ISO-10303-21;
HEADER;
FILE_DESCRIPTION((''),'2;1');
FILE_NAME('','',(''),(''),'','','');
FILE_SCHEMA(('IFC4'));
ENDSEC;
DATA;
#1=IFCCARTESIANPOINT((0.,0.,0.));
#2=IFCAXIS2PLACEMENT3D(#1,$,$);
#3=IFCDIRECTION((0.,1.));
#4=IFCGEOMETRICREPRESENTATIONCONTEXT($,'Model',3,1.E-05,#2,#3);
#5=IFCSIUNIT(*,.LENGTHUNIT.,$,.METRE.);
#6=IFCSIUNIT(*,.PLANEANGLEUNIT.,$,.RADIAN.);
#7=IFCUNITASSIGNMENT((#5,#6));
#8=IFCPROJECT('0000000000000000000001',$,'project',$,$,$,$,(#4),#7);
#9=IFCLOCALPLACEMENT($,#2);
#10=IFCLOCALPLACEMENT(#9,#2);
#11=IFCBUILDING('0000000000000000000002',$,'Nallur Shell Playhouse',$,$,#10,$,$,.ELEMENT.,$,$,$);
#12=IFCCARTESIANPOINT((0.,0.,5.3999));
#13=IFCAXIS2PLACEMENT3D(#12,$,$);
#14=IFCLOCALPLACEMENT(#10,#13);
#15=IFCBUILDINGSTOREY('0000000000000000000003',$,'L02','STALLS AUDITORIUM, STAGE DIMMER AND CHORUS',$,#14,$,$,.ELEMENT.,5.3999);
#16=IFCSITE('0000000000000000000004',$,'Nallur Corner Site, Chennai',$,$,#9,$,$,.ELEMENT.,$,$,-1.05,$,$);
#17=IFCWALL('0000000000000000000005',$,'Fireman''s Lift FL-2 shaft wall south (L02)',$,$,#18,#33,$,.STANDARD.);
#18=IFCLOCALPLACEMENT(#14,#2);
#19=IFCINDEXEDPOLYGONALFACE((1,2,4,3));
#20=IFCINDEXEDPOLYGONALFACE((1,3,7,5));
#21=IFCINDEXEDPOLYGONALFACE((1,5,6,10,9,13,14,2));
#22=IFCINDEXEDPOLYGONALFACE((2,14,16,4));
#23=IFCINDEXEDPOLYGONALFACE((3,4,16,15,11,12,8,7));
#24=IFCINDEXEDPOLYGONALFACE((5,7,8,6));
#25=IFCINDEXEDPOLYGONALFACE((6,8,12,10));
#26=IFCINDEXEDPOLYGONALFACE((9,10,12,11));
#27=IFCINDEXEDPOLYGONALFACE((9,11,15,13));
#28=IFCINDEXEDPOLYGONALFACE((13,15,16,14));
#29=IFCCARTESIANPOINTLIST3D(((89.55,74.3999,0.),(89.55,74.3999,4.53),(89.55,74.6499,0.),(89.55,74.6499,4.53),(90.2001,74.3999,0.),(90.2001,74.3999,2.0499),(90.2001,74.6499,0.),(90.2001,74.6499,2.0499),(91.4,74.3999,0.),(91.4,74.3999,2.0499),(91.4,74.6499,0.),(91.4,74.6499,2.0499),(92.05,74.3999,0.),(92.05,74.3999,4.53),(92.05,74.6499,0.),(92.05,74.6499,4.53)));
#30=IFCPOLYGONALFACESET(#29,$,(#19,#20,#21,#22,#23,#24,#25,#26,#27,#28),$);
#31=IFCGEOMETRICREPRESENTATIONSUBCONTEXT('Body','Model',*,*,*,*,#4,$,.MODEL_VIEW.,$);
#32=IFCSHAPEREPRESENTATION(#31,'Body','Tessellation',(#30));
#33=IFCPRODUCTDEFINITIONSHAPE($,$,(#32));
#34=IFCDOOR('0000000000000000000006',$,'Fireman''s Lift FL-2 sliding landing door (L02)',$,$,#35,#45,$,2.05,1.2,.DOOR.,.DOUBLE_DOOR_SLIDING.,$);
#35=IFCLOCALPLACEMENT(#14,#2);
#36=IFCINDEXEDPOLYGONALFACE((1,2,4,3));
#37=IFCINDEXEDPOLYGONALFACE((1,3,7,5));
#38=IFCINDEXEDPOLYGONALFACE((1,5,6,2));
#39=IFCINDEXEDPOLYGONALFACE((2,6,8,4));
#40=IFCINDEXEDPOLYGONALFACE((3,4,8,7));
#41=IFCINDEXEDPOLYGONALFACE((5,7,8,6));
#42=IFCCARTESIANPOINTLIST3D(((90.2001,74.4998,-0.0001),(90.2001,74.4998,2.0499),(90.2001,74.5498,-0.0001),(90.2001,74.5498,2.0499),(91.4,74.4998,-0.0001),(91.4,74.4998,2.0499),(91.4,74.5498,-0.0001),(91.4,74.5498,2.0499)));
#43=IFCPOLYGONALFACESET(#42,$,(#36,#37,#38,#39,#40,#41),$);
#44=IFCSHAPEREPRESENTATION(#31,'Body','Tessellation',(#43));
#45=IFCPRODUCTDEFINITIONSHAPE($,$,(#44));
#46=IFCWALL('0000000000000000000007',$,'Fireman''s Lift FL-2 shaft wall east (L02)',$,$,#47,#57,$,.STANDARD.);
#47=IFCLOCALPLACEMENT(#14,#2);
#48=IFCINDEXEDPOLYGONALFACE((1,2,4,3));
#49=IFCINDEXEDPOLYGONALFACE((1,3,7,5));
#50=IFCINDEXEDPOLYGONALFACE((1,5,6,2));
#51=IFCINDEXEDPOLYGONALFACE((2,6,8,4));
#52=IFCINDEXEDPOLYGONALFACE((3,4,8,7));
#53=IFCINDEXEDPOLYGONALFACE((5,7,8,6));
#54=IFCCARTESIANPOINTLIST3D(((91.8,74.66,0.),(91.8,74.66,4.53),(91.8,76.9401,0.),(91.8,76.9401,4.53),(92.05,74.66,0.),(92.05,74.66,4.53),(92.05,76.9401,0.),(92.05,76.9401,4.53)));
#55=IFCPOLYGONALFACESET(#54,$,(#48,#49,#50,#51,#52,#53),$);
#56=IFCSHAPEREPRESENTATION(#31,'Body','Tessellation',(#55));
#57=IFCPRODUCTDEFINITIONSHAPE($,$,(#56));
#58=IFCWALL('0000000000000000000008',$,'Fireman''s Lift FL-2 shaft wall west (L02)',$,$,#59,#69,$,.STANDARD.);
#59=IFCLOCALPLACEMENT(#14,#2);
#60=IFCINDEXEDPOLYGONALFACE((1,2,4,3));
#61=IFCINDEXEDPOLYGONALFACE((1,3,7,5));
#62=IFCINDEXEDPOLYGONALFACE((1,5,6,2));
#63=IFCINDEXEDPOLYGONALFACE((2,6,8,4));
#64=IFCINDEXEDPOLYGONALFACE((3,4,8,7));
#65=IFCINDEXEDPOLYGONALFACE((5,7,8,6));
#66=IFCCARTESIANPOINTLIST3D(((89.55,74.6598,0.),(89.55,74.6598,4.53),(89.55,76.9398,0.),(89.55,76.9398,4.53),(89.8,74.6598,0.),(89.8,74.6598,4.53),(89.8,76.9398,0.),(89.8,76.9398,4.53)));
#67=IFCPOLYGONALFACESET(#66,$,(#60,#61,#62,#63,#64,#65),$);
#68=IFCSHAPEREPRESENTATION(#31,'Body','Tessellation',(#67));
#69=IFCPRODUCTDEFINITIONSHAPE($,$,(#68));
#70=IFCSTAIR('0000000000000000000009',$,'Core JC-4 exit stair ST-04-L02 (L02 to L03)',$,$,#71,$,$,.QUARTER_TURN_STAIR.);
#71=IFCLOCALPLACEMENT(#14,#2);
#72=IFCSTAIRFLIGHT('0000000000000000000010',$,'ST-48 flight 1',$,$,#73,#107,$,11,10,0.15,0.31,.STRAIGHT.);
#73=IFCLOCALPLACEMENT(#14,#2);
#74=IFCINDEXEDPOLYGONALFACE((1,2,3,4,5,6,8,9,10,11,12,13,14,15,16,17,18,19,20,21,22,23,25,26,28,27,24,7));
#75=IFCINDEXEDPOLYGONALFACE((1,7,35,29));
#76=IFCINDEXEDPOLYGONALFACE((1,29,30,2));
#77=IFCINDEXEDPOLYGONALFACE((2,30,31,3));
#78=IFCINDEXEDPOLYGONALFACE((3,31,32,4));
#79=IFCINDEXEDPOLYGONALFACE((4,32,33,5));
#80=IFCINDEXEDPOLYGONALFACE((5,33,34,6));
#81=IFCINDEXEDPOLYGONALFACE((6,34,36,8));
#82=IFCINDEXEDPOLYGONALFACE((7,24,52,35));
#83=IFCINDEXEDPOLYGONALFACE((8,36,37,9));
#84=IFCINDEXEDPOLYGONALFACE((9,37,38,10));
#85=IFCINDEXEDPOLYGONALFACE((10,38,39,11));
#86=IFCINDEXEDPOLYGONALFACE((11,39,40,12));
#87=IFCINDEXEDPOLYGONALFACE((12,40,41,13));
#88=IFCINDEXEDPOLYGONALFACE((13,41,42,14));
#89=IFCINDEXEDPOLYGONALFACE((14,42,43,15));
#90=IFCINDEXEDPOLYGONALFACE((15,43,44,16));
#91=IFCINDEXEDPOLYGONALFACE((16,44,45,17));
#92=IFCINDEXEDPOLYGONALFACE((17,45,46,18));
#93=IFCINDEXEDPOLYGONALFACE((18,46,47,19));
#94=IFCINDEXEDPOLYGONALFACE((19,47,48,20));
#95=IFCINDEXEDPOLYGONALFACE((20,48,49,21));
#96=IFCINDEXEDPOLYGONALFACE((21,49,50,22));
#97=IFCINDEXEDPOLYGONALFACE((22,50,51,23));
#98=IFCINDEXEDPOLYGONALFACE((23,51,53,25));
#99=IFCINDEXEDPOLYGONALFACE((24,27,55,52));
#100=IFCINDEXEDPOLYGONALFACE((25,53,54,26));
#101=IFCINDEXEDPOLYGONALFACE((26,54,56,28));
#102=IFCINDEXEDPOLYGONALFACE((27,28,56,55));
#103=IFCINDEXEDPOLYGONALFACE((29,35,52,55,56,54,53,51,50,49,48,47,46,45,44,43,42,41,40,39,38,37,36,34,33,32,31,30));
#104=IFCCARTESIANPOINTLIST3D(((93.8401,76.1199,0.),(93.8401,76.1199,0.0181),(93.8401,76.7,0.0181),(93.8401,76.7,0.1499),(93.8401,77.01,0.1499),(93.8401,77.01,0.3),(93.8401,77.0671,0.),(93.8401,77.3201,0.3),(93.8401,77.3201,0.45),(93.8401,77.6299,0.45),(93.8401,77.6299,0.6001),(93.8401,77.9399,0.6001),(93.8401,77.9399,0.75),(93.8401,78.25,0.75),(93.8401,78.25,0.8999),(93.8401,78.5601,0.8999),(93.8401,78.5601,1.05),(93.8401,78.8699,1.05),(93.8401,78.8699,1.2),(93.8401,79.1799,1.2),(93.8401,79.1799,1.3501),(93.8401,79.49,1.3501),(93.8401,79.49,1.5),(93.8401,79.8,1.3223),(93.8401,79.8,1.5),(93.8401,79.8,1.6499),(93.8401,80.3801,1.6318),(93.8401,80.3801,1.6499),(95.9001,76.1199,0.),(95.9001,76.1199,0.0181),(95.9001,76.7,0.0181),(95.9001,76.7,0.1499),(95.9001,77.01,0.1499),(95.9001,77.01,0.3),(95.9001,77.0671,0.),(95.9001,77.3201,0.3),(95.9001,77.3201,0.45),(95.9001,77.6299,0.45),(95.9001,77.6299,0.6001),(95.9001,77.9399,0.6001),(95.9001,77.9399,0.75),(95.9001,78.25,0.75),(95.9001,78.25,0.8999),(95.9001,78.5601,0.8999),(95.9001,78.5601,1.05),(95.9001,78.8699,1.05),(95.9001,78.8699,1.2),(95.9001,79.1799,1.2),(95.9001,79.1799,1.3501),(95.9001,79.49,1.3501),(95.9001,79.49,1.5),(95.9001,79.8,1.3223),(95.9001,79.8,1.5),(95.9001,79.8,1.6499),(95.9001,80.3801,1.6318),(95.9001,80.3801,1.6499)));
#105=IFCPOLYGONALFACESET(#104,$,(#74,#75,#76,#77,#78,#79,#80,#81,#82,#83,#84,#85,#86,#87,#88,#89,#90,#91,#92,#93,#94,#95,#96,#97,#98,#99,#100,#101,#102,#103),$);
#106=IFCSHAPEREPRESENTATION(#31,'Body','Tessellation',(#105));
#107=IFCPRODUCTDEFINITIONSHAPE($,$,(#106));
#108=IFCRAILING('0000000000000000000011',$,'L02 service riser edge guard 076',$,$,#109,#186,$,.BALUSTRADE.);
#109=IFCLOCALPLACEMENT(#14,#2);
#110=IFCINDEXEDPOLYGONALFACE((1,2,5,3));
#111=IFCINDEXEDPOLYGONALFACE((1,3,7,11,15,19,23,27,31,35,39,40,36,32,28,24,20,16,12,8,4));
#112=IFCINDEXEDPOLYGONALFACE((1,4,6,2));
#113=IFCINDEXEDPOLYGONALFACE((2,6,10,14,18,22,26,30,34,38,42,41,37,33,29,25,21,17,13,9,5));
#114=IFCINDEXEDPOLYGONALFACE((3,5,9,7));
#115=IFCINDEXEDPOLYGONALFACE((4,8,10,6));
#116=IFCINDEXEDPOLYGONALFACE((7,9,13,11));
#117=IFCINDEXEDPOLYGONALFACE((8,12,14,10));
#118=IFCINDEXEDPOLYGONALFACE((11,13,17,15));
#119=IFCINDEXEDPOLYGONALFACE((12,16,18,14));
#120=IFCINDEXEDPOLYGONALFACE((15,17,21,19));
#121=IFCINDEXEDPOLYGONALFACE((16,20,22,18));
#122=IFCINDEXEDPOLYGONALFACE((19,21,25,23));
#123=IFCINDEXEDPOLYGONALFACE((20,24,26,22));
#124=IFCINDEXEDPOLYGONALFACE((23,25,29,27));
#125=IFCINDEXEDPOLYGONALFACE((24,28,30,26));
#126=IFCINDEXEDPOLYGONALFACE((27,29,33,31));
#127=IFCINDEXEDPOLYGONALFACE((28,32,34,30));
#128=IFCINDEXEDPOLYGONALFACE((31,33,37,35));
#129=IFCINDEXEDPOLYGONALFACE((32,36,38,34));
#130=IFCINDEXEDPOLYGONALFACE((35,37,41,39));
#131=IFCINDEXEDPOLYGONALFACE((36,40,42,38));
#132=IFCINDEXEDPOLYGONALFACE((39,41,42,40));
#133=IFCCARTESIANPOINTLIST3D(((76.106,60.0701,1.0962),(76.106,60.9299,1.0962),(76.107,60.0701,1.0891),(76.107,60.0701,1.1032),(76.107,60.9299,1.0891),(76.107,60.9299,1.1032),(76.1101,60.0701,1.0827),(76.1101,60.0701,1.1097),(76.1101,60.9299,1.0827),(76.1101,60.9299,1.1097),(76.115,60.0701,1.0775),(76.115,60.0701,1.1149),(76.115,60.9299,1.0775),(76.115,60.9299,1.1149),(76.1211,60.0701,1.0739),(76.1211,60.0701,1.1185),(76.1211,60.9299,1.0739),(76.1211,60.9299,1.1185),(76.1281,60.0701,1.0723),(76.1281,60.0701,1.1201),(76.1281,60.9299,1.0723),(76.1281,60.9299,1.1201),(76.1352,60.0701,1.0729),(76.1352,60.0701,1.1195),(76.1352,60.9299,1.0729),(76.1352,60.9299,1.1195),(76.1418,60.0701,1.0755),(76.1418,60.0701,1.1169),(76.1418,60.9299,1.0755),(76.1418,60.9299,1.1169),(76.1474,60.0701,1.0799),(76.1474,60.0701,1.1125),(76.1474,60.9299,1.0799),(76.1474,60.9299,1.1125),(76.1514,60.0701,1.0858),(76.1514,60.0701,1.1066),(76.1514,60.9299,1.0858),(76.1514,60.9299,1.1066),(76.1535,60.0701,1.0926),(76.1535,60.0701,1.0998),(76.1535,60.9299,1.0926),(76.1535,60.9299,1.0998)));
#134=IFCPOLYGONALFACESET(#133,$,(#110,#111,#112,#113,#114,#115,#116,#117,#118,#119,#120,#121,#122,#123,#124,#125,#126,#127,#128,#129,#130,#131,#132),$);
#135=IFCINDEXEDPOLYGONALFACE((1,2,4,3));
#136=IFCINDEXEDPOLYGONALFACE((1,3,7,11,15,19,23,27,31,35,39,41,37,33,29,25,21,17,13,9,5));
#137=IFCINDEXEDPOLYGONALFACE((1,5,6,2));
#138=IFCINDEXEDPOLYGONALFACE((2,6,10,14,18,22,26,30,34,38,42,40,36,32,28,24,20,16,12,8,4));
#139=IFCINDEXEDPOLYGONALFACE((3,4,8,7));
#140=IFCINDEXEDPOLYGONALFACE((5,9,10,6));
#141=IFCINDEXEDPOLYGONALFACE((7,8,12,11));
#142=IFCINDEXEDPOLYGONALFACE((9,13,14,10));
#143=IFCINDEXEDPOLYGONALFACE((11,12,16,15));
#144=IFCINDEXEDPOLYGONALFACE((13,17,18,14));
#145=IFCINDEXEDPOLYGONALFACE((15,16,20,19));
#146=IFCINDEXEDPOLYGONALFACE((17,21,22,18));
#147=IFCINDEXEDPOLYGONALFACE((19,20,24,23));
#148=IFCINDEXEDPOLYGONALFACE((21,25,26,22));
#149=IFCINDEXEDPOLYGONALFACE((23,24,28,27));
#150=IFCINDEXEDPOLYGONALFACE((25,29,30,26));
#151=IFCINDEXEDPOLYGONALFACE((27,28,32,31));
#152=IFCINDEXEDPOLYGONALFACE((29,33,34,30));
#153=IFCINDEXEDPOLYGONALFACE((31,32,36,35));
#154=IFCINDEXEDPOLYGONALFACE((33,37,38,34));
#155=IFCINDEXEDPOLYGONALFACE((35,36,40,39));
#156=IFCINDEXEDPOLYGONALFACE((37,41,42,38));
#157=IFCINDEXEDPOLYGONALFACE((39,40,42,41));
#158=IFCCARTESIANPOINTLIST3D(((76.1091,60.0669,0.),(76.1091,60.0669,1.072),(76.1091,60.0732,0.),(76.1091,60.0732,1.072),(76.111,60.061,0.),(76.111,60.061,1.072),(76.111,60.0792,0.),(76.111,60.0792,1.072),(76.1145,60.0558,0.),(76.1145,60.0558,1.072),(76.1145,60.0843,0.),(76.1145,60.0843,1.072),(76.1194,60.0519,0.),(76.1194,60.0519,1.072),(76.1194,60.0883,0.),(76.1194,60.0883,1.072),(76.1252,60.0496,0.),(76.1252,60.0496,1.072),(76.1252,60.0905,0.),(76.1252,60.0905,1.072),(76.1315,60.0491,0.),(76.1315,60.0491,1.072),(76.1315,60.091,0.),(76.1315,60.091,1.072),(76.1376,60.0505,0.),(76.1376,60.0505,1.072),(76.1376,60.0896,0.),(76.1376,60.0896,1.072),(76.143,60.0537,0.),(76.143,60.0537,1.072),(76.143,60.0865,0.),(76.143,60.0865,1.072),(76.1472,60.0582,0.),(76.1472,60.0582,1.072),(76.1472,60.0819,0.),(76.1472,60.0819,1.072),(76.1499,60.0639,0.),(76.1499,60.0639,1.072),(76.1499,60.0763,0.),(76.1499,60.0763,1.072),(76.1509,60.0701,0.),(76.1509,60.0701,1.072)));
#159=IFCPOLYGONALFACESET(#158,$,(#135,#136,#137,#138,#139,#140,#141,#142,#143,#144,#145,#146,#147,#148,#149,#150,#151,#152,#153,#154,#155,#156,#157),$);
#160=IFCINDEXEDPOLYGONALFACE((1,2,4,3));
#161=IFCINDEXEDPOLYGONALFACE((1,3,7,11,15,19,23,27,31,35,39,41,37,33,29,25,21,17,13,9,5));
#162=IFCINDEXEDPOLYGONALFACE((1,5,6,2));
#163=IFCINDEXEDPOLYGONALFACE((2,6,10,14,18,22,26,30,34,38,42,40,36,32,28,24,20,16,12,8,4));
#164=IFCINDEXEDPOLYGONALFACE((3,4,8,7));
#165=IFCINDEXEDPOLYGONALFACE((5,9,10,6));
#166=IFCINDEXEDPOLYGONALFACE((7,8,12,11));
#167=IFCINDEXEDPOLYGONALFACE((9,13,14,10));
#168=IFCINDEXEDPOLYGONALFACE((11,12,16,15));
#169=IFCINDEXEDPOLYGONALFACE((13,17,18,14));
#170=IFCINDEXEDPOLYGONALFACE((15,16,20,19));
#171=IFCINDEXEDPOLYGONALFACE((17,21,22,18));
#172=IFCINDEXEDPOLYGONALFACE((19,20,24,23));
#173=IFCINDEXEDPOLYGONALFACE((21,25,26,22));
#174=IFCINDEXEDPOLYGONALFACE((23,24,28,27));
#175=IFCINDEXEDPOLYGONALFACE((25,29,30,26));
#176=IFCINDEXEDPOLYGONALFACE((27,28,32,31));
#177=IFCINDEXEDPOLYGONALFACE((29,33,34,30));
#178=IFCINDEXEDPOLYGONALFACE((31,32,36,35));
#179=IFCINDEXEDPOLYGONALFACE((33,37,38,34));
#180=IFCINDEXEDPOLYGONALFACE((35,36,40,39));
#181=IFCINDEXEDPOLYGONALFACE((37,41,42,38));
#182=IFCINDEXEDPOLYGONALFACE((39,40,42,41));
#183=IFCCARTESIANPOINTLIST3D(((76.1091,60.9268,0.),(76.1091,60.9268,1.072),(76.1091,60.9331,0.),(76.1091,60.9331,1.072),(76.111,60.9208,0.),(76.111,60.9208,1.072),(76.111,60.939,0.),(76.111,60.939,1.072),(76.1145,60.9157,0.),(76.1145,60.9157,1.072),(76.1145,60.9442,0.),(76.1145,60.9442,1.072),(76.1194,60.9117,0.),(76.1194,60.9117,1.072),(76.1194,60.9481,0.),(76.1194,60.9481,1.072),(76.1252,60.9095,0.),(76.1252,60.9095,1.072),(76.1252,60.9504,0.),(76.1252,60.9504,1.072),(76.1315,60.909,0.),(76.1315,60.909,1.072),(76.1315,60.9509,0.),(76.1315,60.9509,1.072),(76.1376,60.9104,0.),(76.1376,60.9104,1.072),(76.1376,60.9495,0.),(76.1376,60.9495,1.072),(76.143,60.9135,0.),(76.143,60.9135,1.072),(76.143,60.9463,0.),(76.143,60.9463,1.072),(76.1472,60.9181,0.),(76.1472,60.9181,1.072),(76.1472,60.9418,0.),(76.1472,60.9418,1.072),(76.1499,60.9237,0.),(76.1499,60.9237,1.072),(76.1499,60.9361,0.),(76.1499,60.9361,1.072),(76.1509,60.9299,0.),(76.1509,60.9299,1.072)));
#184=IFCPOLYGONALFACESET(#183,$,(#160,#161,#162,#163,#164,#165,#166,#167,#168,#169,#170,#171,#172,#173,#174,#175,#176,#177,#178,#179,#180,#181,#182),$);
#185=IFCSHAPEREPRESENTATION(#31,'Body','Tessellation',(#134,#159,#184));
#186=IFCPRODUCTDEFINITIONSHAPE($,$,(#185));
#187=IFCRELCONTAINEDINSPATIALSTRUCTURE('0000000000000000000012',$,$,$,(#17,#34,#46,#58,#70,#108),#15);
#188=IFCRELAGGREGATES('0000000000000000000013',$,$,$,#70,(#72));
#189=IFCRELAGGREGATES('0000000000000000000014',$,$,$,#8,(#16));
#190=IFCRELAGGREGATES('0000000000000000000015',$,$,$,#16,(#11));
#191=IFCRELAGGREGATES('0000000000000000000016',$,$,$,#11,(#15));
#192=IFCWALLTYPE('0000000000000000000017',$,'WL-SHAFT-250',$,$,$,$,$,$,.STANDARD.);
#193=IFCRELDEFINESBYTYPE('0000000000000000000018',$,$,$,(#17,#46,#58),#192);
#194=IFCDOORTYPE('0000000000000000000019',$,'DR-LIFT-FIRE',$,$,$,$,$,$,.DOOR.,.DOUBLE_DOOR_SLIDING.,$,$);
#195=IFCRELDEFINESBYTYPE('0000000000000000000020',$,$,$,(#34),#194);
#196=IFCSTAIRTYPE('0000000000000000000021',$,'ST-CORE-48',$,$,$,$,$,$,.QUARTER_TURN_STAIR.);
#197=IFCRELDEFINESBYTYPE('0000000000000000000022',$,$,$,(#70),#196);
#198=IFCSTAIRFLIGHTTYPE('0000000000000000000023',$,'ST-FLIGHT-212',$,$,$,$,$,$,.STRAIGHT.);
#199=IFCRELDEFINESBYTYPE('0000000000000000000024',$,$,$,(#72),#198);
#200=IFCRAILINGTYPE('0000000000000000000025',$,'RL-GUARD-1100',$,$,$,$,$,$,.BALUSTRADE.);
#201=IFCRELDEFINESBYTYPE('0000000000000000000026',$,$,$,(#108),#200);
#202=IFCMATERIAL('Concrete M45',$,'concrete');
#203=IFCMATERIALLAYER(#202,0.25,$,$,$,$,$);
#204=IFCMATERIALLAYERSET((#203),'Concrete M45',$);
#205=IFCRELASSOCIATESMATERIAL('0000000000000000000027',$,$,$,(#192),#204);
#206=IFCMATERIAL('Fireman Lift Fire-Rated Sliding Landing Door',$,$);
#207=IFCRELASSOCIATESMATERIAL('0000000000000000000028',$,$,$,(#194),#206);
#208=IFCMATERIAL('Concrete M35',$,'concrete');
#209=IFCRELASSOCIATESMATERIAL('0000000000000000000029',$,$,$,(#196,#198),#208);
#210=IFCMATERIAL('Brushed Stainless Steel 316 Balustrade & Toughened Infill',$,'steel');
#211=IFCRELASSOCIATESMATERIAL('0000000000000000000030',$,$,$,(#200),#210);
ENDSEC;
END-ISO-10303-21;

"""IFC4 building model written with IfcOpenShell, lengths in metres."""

from ifc_helpers import new_model, si_unit, direction, frame, frame_2d, origin, origin_2d, place, context, subcontext, project, spatial, polyline, rectangle, circle, outline, extrude, material, layer, layer_set, type_object, element, fill, aggregate, save


model = new_model("IFC4")

# Units and contexts
model_context = context("Model", 3, precision=1e-05, world=origin(), true_north=direction((0.0, 1.0)))
body_context = subcontext(model_context, "Body", "Model", "MODEL_VIEW")
ifc_project = project(units=[si_unit("LENGTHUNIT", "METRE"), si_unit("PLANEANGLEUNIT", "RADIAN")], contexts=[model_context])

# Site, building, storey
site_placement = place(None, origin())
site = spatial("IfcSite", under=ifc_project, at=site_placement, Name="Nallur Corner Site, Chennai", CompositionType="ELEMENT", RefElevation=-1.05)
building_placement = place(site_placement, origin())
building = spatial("IfcBuilding", under=site, at=building_placement, Name="Nallur Shell Playhouse", CompositionType="ELEMENT")
storey_placement = place(building_placement, frame((0.0, 0.0, 5.3999)))
storey = spatial("IfcBuildingStorey", under=building, at=storey_placement, Name="L02", Description="STALLS AUDITORIUM, STAGE DIMMER AND CHORUS", CompositionType="ELEMENT", Elevation=5.3999)

# Shared definitions
ifc_material_1 = material(Name="Concrete M35", Category="concrete")

# Shared definitions
ifc_material_2 = material(Name="Concrete M45", Category="concrete")

# Wall, opening, door
ifc_layer_1 = layer(ifc_material_2, 0.25)
ifc_layer_set_1 = layer_set([ifc_layer_1], Name="Concrete M45")
wall_type_1 = type_object("IfcWallType", Name="WL-SHAFT-250", PredefinedType="STANDARD", material=ifc_layer_set_1)
wall_1_placement = place(storey_placement, frame((89.55, 74.5249, 0.0), z_axis=(0.0, 0.0, 1.0), x_axis=(1.0, 0.0, 0.0)))
wall_1 = element("IfcWall", 1, at=wall_1_placement, inside=storey, type_object=wall_type_1, Name="Fireman's Lift FL-2 shaft wall south (L02)", PredefinedType="STANDARD", context=body_context, shape_type="SweptSolid", body=[
    extrude(rectangle(XDim=2.5, YDim=0.25, at=frame_2d((1.25, 0.0))), origin(), (0.0, 0.0, 1.0), 4.53),
])
opening_1_placement = place(wall_1_placement, frame((0.6499, 0.0, 0.0)))
opening_1 = element("IfcOpeningElement", 2, at=opening_1_placement, cuts=wall_1, PredefinedType="OPENING", context=body_context, shape_type="SweptSolid", body=[
    extrude(rectangle(XDim=1.2, YDim=2.05, at=frame_2d((0.6001, 1.0249))), frame((0.0, 0.135, 0.0), z_axis=(0.0, -1.0, 0.0), x_axis=(1.0, 0.0, 0.0)), (0.0, 0.0, 1.0), 0.27),
])
ifc_material_3 = material(Name="Fireman Lift Fire-Rated Sliding Landing Door")
door_type_1 = type_object("IfcDoorType", Name="DR-LIFT-FIRE", OperationType="DOUBLE_DOOR_SLIDING", PredefinedType="DOOR", material=ifc_material_3)
door_1_placement = place(opening_1_placement, origin())
door_1 = element("IfcDoor", 3, at=door_1_placement, inside=storey, type_object=door_type_1, Name="Fireman's Lift FL-2 sliding landing door (L02)", OperationType="DOUBLE_DOOR_SLIDING", OverallHeight=2.05, OverallWidth=1.2, PredefinedType="DOOR", context=body_context, shape_type="SweptSolid", body=[
    extrude(rectangle(XDim=1.2, YDim=2.05, at=frame_2d((0.6001, 1.0249))), frame((0.0, 0.0249, 0.0), z_axis=(0.0, -1.0, 0.0), x_axis=(1.0, 0.0, 0.0)), (0.0, 0.0, 1.0), 0.05),
])
fill(opening_1, door_1)

# Walls
for number, where, z_axis, x_axis, name in (
    (4, (91.925, 74.6599, 0.0), (0.0, 0.0, 1.0), (0.0, 1.0, 0.0), "Fireman's Lift FL-2 shaft wall east (L02)"),
    (5, (89.675, 76.9399, 0.0), (0.0, 0.0, 1.0), (0.0, -1.0, 0.0), "Fireman's Lift FL-2 shaft wall west (L02)"),
):
    element("IfcWall", number, at=place(storey_placement, frame(where, z_axis=z_axis, x_axis=x_axis)), inside=storey, type_object=wall_type_1, Name=name, PredefinedType="STANDARD", context=body_context, shape_type="SweptSolid", body=[
        extrude(rectangle(XDim=2.28, YDim=0.25, at=frame_2d((1.1401, 0.0))), origin(), (0.0, 0.0, 1.0), 4.53),
    ])

# Stair, stair flight
stair_type = type_object("IfcStairType", Name="ST-CORE-48", PredefinedType="QUARTER_TURN_STAIR", material=ifc_material_1)
stair_placement = place(storey_placement, origin())
stair = element("IfcStair", 6, at=stair_placement, inside=storey, type_object=stair_type, Name="Core JC-4 exit stair ST-04-L02 (L02 to L03)", PredefinedType="QUARTER_TURN_STAIR")
stair_flight_type = type_object("IfcStairFlightType", Name="ST-FLIGHT-212", PredefinedType="STRAIGHT", material=ifc_material_1)
stair_flight_placement = place(storey_placement, frame((94.8701, 76.7, 0.0), z_axis=(0.0, 0.0, 1.0), x_axis=(0.0, 1.0, 0.0)))
stair_flight = element("IfcStairFlight", 7, at=stair_flight_placement, type_object=stair_flight_type, Name="ST-48 flight 1", NumberOfRisers=11, NumberOfTreads=10, PredefinedType="STRAIGHT", RiserHeight=0.15, TreadLength=0.31, context=body_context, shape_type="SweptSolid", body=[
    extrude(outline(polyline([(-0.5801, 0.0), (-0.5801, 0.0181), (0.0, 0.0181), (0.0, 0.1499), (0.3101, 0.1499), (0.3101, 0.3), (0.6201, 0.3), (0.6201, 0.45), (0.9299, 0.45), (0.9299, 0.6001), (1.24, 0.6001), (1.24, 0.75), (1.55, 0.75), (1.55, 0.8999), (1.8601, 0.8999), (1.8601, 1.05), (2.1699, 1.05), (2.1699, 1.2), (2.48, 1.2), (2.48, 1.3501), (2.79, 1.3501), (2.79, 1.5), (3.1001, 1.5), (3.1001, 1.6499), (3.6802, 1.6499), (3.6802, 1.6318), (3.1001, 1.3223), (0.3672, 0.0), (-0.5801, 0.0)])), frame((0.0, 1.03, 0.0), z_axis=(0.0, -1.0, 0.0), x_axis=(1.0, 0.0, 0.0)), (0.0, 0.0, 1.0), 2.0601),
])
aggregate(stair, [stair_flight])

# Railing
ifc_material_4 = material(Name="Brushed Stainless Steel 316 Balustrade & Toughened Infill", Category="steel")
railing_type_1 = type_object("IfcRailingType", Name="RL-GUARD-1100", PredefinedType="BALUSTRADE", material=ifc_material_4)
railing_1_placement = place(storey_placement, frame((76.1299, 60.0701, 0.0)))
element("IfcRailing", 8, at=railing_1_placement, inside=storey, type_object=railing_type_1, Name="L02 service riser edge guard 076", PredefinedType="BALUSTRADE", context=body_context, shape_type="SweptSolid", body=[
    extrude(circle(Radius=0.0239, at=origin_2d()), frame((0.0, 0.0, 1.0962), z_axis=(0.0, 1.0, 0.0), x_axis=(-1.0, 0.0, 0.0)), (0.0, 0.0, 1.0), 0.8599),
    extrude(circle(Radius=0.021, at=origin_2d()), origin(), (0.0, 0.0, 1.0), 1.072),
    extrude(circle(Radius=0.021, at=origin_2d()), frame((0.0, 0.8599, 0.0)), (0.0, 0.0, 1.0), 1.072),
])

save(model, "model.ifc")
